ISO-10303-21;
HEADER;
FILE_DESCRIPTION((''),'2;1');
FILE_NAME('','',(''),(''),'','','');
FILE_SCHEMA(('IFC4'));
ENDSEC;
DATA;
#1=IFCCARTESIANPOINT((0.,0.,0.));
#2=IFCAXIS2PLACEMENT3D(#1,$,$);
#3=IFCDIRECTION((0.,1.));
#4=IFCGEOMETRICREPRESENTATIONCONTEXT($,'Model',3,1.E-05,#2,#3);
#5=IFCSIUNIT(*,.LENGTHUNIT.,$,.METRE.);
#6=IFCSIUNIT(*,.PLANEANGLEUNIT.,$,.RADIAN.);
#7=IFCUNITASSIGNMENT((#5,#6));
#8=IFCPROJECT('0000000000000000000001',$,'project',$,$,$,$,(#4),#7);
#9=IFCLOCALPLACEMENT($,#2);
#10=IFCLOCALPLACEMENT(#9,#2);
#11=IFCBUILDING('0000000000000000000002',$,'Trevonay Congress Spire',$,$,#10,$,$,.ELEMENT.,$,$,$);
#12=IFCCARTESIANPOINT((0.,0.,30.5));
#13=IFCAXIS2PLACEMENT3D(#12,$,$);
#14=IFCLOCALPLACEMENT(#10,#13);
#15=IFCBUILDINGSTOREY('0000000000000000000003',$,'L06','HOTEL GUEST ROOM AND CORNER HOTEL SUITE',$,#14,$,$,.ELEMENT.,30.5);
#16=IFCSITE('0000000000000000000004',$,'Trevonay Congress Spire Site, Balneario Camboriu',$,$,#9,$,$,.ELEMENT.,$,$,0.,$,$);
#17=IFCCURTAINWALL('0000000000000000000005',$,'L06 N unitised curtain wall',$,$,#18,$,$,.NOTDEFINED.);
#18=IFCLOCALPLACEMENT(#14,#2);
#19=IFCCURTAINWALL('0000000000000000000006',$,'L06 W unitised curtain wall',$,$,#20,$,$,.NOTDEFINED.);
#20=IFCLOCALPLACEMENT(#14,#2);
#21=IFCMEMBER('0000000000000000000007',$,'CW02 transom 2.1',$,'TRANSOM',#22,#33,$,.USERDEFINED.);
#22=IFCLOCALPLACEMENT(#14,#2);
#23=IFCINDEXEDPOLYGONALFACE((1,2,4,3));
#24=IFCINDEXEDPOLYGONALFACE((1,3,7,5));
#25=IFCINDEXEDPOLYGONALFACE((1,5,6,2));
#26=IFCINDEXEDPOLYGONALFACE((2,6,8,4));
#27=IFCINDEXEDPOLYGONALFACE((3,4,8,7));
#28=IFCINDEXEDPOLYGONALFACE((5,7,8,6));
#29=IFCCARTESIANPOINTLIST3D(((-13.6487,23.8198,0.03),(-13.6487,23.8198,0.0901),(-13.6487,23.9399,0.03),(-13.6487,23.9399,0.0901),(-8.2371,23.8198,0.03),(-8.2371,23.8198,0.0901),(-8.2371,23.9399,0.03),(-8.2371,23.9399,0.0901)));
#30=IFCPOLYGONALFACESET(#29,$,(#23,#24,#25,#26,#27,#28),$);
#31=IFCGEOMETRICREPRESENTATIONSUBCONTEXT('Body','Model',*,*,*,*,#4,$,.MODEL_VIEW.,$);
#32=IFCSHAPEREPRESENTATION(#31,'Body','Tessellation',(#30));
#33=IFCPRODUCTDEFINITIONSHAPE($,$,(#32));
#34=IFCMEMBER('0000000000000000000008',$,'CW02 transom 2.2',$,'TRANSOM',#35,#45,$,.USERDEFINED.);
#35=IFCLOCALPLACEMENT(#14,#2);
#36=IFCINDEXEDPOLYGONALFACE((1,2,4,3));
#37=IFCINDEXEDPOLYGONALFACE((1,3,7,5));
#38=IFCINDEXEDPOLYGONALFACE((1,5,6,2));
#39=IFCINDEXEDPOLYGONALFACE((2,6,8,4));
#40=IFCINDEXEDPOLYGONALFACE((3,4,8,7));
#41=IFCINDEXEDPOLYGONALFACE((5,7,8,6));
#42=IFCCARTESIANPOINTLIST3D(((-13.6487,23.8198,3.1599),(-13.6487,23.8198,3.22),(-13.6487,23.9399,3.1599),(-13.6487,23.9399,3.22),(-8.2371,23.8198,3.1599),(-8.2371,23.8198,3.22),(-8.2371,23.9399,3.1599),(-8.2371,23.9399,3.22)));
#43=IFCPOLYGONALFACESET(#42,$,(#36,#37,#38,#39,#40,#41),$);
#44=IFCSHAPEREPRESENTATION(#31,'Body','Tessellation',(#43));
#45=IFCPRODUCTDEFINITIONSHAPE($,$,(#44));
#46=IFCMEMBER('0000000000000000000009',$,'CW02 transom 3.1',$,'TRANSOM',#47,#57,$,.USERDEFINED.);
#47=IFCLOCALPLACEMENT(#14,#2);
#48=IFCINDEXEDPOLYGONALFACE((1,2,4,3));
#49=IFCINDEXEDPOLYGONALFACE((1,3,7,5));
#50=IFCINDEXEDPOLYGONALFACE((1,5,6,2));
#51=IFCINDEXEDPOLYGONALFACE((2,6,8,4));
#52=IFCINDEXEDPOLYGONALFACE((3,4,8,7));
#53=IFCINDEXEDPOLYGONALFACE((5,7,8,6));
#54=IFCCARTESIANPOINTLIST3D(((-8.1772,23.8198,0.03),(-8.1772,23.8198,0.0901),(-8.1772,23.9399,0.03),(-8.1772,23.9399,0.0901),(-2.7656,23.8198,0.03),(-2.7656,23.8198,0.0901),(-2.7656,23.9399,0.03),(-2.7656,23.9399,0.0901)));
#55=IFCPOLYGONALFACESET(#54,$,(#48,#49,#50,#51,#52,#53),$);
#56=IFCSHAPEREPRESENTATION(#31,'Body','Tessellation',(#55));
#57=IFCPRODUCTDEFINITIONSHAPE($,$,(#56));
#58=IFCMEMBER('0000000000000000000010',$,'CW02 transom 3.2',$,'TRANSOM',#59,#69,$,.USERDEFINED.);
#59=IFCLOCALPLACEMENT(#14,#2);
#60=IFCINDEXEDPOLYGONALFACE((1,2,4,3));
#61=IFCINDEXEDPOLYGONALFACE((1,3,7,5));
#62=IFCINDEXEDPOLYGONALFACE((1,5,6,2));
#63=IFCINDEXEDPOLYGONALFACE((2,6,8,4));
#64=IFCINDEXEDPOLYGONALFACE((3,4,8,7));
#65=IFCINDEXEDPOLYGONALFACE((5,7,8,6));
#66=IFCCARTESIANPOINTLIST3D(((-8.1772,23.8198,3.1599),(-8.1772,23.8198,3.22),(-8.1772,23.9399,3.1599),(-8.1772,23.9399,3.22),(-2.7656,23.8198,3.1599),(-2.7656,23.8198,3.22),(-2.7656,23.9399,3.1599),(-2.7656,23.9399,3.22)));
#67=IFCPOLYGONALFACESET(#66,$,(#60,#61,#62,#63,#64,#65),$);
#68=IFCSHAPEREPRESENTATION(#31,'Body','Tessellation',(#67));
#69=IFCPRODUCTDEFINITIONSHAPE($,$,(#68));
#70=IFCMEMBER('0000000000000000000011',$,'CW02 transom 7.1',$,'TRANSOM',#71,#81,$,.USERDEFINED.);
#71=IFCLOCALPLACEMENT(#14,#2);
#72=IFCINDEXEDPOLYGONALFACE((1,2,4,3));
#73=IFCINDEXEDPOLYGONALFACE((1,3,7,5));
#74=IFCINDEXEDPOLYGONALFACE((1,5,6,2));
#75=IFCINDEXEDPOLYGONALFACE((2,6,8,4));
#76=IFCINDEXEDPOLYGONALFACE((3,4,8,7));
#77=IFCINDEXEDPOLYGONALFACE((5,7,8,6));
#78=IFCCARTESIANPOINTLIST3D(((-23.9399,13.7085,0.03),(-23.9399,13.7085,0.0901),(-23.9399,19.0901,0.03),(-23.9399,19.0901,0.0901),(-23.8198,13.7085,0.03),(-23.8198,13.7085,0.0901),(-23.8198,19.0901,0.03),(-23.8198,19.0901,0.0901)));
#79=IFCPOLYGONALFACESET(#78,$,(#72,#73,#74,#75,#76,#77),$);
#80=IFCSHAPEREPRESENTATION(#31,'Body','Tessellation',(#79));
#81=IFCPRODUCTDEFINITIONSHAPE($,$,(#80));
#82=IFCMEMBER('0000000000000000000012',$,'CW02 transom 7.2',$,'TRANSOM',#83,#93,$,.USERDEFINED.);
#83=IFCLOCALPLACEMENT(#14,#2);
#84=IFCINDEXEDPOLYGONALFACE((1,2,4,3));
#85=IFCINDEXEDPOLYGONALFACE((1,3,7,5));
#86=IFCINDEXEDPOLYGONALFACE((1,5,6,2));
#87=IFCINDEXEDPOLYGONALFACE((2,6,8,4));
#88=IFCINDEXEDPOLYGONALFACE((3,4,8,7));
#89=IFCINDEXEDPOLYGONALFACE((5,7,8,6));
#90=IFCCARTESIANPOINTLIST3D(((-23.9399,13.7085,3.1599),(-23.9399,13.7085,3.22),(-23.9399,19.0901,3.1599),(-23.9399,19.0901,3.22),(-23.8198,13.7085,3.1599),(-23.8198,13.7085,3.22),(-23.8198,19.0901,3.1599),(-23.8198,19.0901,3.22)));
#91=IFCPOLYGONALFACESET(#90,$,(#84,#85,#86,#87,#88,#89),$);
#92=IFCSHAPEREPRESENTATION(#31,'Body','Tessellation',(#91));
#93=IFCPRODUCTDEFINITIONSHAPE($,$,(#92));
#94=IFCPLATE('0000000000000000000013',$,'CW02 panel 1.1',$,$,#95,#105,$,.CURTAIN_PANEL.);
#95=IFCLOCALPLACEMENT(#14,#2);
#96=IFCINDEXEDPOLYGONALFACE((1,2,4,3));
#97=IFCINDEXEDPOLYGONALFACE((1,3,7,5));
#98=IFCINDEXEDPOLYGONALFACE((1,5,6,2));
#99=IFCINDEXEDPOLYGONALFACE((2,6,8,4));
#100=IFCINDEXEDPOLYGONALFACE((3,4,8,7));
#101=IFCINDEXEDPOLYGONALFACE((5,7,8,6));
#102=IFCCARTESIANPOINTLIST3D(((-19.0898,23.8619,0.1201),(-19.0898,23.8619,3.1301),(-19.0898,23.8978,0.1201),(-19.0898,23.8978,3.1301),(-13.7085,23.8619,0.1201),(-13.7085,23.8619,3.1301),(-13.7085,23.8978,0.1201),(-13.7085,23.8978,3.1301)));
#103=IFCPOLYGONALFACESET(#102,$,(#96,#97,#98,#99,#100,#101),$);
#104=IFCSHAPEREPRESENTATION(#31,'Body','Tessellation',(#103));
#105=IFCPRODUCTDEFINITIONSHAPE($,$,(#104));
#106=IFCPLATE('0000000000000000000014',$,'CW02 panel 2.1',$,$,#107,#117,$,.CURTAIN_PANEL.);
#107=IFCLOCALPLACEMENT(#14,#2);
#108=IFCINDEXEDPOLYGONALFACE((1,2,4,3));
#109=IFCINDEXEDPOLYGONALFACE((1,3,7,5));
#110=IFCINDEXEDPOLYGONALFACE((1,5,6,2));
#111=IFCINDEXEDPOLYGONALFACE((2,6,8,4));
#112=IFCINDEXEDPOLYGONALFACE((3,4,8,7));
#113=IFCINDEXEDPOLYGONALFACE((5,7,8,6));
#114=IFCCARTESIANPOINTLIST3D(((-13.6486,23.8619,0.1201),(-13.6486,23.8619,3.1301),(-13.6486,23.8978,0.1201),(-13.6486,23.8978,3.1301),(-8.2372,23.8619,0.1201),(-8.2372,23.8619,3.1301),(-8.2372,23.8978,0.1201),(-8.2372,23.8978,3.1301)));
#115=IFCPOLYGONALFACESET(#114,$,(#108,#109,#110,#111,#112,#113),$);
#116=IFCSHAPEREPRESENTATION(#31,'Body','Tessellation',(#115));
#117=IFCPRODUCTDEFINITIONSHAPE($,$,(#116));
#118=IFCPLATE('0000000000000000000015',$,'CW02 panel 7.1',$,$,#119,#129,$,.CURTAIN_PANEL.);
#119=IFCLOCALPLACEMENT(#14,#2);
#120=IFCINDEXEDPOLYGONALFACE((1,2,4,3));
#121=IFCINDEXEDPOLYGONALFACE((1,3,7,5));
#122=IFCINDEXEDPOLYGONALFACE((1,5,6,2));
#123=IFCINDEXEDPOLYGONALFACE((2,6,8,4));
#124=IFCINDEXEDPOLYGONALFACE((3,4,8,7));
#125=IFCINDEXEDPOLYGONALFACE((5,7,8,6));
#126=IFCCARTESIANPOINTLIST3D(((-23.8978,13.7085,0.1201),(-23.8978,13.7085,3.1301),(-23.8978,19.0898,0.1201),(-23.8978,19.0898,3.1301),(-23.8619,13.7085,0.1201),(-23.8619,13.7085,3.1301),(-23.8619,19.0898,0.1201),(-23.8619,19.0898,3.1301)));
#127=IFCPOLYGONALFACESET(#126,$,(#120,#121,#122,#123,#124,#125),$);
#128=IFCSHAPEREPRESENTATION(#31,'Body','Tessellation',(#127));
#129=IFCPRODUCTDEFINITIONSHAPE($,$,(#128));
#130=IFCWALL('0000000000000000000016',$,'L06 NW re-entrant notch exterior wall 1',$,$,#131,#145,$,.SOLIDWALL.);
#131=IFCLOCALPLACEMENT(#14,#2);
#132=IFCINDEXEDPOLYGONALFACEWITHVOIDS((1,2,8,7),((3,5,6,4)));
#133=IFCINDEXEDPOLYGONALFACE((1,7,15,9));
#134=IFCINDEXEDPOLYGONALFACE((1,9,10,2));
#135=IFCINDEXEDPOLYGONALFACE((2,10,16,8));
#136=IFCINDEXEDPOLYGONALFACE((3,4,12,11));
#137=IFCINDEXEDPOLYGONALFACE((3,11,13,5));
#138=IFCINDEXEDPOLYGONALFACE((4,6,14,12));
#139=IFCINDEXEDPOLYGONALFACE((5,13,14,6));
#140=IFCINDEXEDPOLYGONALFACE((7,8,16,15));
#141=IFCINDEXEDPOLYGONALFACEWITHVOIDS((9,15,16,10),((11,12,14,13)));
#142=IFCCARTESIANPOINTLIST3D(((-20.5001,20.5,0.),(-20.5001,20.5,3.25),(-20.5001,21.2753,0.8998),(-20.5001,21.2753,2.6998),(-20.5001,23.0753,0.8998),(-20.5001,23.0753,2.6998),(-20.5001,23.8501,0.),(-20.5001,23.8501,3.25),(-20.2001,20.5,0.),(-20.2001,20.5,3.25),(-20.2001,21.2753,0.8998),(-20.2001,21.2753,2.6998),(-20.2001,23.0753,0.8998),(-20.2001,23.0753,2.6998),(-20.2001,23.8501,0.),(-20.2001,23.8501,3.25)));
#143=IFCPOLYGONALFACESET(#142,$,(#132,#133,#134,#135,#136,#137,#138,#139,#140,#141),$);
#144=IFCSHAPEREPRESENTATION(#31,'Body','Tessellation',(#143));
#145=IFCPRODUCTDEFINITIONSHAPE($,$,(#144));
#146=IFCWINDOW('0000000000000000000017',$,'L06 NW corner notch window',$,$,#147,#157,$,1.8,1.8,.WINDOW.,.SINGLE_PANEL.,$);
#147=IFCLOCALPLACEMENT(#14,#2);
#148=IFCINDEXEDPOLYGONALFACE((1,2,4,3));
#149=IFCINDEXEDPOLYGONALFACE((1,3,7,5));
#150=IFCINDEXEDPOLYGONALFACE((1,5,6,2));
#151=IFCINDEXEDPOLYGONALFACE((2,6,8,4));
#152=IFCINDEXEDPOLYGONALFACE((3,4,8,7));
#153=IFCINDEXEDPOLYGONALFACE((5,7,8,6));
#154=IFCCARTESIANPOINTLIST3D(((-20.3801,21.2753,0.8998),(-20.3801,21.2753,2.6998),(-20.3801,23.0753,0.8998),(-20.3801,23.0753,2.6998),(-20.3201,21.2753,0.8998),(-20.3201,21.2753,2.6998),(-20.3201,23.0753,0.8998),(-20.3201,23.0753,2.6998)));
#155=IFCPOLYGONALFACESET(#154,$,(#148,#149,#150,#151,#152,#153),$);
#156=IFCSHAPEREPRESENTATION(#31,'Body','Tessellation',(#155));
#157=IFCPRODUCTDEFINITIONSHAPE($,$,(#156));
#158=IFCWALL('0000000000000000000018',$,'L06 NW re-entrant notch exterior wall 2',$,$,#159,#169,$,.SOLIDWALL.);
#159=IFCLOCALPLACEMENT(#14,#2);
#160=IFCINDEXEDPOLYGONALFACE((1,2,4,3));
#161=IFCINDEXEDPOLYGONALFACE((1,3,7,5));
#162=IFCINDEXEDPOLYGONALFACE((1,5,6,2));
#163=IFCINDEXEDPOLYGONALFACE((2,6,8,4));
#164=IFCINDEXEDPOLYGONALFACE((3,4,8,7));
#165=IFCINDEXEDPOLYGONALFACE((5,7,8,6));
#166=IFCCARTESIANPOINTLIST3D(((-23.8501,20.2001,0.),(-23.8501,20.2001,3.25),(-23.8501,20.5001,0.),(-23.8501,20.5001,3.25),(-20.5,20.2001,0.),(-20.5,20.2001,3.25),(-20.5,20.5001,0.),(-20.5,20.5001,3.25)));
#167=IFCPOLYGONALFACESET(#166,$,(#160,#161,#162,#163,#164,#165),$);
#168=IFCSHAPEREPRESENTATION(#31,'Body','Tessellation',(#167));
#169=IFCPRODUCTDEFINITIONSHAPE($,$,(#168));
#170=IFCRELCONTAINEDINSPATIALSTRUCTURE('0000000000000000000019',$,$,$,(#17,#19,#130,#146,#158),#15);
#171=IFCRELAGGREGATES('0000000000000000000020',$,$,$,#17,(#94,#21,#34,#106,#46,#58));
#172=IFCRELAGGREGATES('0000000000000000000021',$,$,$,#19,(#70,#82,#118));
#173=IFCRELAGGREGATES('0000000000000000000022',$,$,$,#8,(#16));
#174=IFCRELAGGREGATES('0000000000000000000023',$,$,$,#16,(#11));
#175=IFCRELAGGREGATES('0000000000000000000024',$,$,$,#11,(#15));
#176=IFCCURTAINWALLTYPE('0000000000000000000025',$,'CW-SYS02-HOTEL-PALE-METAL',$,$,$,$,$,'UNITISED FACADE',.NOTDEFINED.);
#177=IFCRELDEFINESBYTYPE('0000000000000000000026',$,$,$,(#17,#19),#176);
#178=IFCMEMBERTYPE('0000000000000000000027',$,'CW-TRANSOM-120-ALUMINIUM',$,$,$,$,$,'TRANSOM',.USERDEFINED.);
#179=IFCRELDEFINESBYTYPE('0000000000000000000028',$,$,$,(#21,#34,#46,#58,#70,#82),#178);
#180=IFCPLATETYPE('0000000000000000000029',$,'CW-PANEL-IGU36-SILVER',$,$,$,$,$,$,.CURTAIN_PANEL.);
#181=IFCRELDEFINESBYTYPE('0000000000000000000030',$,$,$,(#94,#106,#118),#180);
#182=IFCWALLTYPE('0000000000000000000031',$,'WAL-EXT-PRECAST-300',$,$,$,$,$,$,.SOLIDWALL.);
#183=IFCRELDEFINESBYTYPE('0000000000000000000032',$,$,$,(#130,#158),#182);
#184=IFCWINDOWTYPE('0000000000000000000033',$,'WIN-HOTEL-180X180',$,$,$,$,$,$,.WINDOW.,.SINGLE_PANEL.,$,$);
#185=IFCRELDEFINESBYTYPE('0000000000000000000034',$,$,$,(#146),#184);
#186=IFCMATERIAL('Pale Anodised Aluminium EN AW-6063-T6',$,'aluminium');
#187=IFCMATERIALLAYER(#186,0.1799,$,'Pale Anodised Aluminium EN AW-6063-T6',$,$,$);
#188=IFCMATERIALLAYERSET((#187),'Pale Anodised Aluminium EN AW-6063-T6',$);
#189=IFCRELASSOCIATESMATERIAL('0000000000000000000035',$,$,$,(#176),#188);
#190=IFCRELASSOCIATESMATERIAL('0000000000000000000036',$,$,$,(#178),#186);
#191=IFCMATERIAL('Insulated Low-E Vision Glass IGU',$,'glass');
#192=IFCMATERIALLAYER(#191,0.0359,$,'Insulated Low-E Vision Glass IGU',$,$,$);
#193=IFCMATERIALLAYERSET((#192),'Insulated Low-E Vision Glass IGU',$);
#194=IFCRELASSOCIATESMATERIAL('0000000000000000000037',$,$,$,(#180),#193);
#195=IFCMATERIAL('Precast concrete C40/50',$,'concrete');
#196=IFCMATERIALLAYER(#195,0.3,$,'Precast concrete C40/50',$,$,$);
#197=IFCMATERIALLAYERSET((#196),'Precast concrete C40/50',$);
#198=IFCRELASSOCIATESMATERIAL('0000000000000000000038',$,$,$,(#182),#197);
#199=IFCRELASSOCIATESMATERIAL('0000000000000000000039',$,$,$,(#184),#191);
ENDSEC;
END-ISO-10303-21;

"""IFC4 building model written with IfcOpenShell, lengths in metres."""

from ifc_helpers import new_model, si_unit, direction, frame, frame_2d, origin, origin_2d, place, context, subcontext, project, spatial, rectangle, extrude, material, layer, layer_set, material_profile, profile_set, type_object, element, fill, aggregate, save


model = new_model("IFC4")

# Units and contexts
model_context = context("Model", 3, precision=1e-05, world=origin(), true_north=direction((0.0, 1.0)))
body_context = subcontext(model_context, "Body", "Model", "MODEL_VIEW")
ifc_project = project(units=[si_unit("LENGTHUNIT", "METRE"), si_unit("PLANEANGLEUNIT", "RADIAN")], contexts=[model_context])

# Site, building, storey
site_placement = place(None, origin())
site = spatial("IfcSite", under=ifc_project, at=site_placement, Name="Trevonay Congress Spire Site, Balneario Camboriu", CompositionType="ELEMENT", RefElevation=0.0)
building_placement = place(site_placement, origin())
building = spatial("IfcBuilding", under=site, at=building_placement, Name="Trevonay Congress Spire", CompositionType="ELEMENT")
storey_placement = place(building_placement, frame((0.0, 0.0, 30.5)))
storey = spatial("IfcBuildingStorey", under=building, at=storey_placement, Name="L06", Description="HOTEL GUEST ROOM AND CORNER HOTEL SUITE", CompositionType="ELEMENT", Elevation=30.5)

# Curtain walls
ifc_material_1 = material(Name="Pale Anodised Aluminium EN AW-6063-T6", Category="aluminium")
ifc_layer_1 = layer(ifc_material_1, 0.1799, Name="Pale Anodised Aluminium EN AW-6063-T6")
ifc_layer_set_1 = layer_set([ifc_layer_1], Name="Pale Anodised Aluminium EN AW-6063-T6")
curtain_wall_type = type_object("IfcCurtainWallType", Name="CW-SYS02-HOTEL-PALE-METAL", ElementType="UNITISED FACADE", PredefinedType="NOTDEFINED", material=ifc_layer_set_1)
curtain_wall_1_placement = place(storey_placement, origin())
curtain_wall_1 = element("IfcCurtainWall", 1, at=curtain_wall_1_placement, inside=storey, type_object=curtain_wall_type, Name="L06 N unitised curtain wall", PredefinedType="NOTDEFINED")
curtain_wall_2_placement = place(storey_placement, origin())
curtain_wall_2 = element("IfcCurtainWall", 2, at=curtain_wall_2_placement, inside=storey, type_object=curtain_wall_type, Name="L06 W unitised curtain wall", PredefinedType="NOTDEFINED")

# Members
ifc_material_profile_1 = material_profile(ifc_material_1, rectangle(XDim=0.1201, YDim=0.0601, at=origin_2d()), Name="CW-TRANSOM-120-ALUMINIUM")
ifc_profile_set_1 = profile_set([ifc_material_profile_1], Name="Pale Anodised Aluminium EN AW-6063-T6")
member_type_1 = type_object("IfcMemberType", Name="CW-TRANSOM-120-ALUMINIUM", ElementType="TRANSOM", PredefinedType="USERDEFINED", material=ifc_profile_set_1)
member_1_placement = place(storey_placement, frame((-13.6487, 23.8799, 0.0601), z_axis=(1.0, 0.0, 0.0), x_axis=(0.0, 1.0, 0.0)))
member_1 = element("IfcMember", 3, at=member_1_placement, type_object=member_type_1, Name="CW02 transom 2.1", ObjectType="TRANSOM", PredefinedType="USERDEFINED", context=body_context, shape_type="SweptSolid", body=[
    extrude(rectangle(XDim=0.1201, YDim=0.0601, at=origin_2d()), origin(), (0.0, 0.0, 1.0), 5.4116),
])
member_2_placement = place(storey_placement, frame((-13.6487, 23.8799, 3.1899), z_axis=(1.0, 0.0, 0.0), x_axis=(0.0, 1.0, 0.0)))
member_2 = element("IfcMember", 4, at=member_2_placement, type_object=member_type_1, Name="CW02 transom 2.2", ObjectType="TRANSOM", PredefinedType="USERDEFINED", context=body_context, shape_type="SweptSolid", body=[
    extrude(rectangle(XDim=0.1201, YDim=0.0601, at=origin_2d()), origin(), (0.0, 0.0, 1.0), 5.4116),
])
member_3_placement = place(storey_placement, frame((-8.1772, 23.8799, 0.0601), z_axis=(1.0, 0.0, 0.0), x_axis=(0.0, 1.0, 0.0)))
member_3 = element("IfcMember", 5, at=member_3_placement, type_object=member_type_1, Name="CW02 transom 3.1", ObjectType="TRANSOM", PredefinedType="USERDEFINED", context=body_context, shape_type="SweptSolid", body=[
    extrude(rectangle(XDim=0.1201, YDim=0.0601, at=origin_2d()), origin(), (0.0, 0.0, 1.0), 5.4116),
])
member_4_placement = place(storey_placement, frame((-8.1772, 23.8799, 3.1899), z_axis=(1.0, 0.0, 0.0), x_axis=(0.0, 1.0, 0.0)))
member_4 = element("IfcMember", 6, at=member_4_placement, type_object=member_type_1, Name="CW02 transom 3.2", ObjectType="TRANSOM", PredefinedType="USERDEFINED", context=body_context, shape_type="SweptSolid", body=[
    extrude(rectangle(XDim=0.1201, YDim=0.0601, at=origin_2d()), origin(), (0.0, 0.0, 1.0), 5.4116),
])
member_5_placement = place(storey_placement, frame((-23.8799, 13.7085, 0.0601), z_axis=(0.0, 1.0, 0.0), x_axis=(-1.0, 0.0, 0.0)))
member_5 = element("IfcMember", 7, at=member_5_placement, type_object=member_type_1, Name="CW02 transom 7.1", ObjectType="TRANSOM", PredefinedType="USERDEFINED", context=body_context, shape_type="SweptSolid", body=[
    extrude(rectangle(XDim=0.1201, YDim=0.0601, at=origin_2d()), origin(), (0.0, 0.0, 1.0), 5.3816),
])
member_6_placement = place(storey_placement, frame((-23.8799, 13.7085, 3.1899), z_axis=(0.0, 1.0, 0.0), x_axis=(-1.0, 0.0, 0.0)))
member_6 = element("IfcMember", 8, at=member_6_placement, type_object=member_type_1, Name="CW02 transom 7.2", ObjectType="TRANSOM", PredefinedType="USERDEFINED", context=body_context, shape_type="SweptSolid", body=[
    extrude(rectangle(XDim=0.1201, YDim=0.0601, at=origin_2d()), origin(), (0.0, 0.0, 1.0), 5.3816),
])

# Plates
ifc_material_2 = material(Name="Insulated Low-E Vision Glass IGU", Category="glass")
ifc_layer_2 = layer(ifc_material_2, 0.0359, Name="Insulated Low-E Vision Glass IGU")
ifc_layer_set_2 = layer_set([ifc_layer_2], Name="Insulated Low-E Vision Glass IGU")
plate_type = type_object("IfcPlateType", Name="CW-PANEL-IGU36-SILVER", PredefinedType="CURTAIN_PANEL", material=ifc_layer_set_2)
plate_1_placement = place(storey_placement, frame((-16.3992, 23.8799, 0.1201), z_axis=(0.0, 0.0, 1.0), x_axis=(1.0, 0.0, 0.0)))
plate_1 = element("IfcPlate", 9, at=plate_1_placement, type_object=plate_type, Name="CW02 panel 1.1", PredefinedType="CURTAIN_PANEL", context=body_context, shape_type="SweptSolid", body=[
    extrude(rectangle(XDim=5.3813, YDim=0.0359, at=origin_2d()), origin(), (0.0, 0.0, 1.0), 3.01),
])
plate_2_placement = place(storey_placement, frame((-10.9429, 23.8799, 0.1201), z_axis=(0.0, 0.0, 1.0), x_axis=(1.0, 0.0, 0.0)))
plate_2 = element("IfcPlate", 10, at=plate_2_placement, type_object=plate_type, Name="CW02 panel 2.1", PredefinedType="CURTAIN_PANEL", context=body_context, shape_type="SweptSolid", body=[
    extrude(rectangle(XDim=5.4114, YDim=0.0359, at=origin_2d()), origin(), (0.0, 0.0, 1.0), 3.01),
])
aggregate(curtain_wall_1, [plate_1, member_1, member_2, plate_2, member_3, member_4])
plate_3_placement = place(storey_placement, frame((-23.8799, 16.3992, 0.1201), z_axis=(0.0, 0.0, 1.0), x_axis=(0.0, 1.0, 0.0)))
plate_3 = element("IfcPlate", 11, at=plate_3_placement, type_object=plate_type, Name="CW02 panel 7.1", PredefinedType="CURTAIN_PANEL", context=body_context, shape_type="SweptSolid", body=[
    extrude(rectangle(XDim=5.3813, YDim=0.0359, at=origin_2d()), origin(), (0.0, 0.0, 1.0), 3.01),
])
aggregate(curtain_wall_2, [member_5, member_6, plate_3])

# Wall, opening, window
ifc_material_3 = material(Name="Precast concrete C40/50", Category="concrete")
ifc_layer_3 = layer(ifc_material_3, 0.3, Name="Precast concrete C40/50")
ifc_layer_set_3 = layer_set([ifc_layer_3], Name="Precast concrete C40/50")
wall_type = type_object("IfcWallType", Name="WAL-EXT-PRECAST-300", PredefinedType="SOLIDWALL", material=ifc_layer_set_3)
wall_1_placement = place(storey_placement, frame((-20.3501, 23.8501, 0.0), z_axis=(0.0, 0.0, 1.0), x_axis=(0.0, -1.0, 0.0)))
wall_1 = element("IfcWall", 12, at=wall_1_placement, inside=storey, type_object=wall_type, Name="L06 NW re-entrant notch exterior wall 1", PredefinedType="SOLIDWALL", context=body_context, shape_type="SweptSolid", body=[
    extrude(rectangle(XDim=3.3501, YDim=0.3, at=frame_2d((1.675, 0.0))), origin(), (0.0, 0.0, 1.0), 3.25),
])
opening_placement = place(wall_1_placement, frame((0.7749, 0.0, 0.8999)))
opening = element("IfcOpeningElement", 13, at=opening_placement, cuts=wall_1, PredefinedType="OPENING", context=body_context, shape_type="SweptSolid", body=[
    extrude(rectangle(XDim=1.8, YDim=1.8, at=frame_2d((0.8999, 0.8999))), frame((0.0, 0.1602, 0.0), z_axis=(0.0, -1.0, 0.0), x_axis=(1.0, 0.0, 0.0)), (0.0, 0.0, 1.0), 0.3201),
])
window_type = type_object("IfcWindowType", Name="WIN-HOTEL-180X180", PartitioningType="SINGLE_PANEL", PredefinedType="WINDOW", material=ifc_material_2)
window_placement = place(opening_placement, origin())
window = element("IfcWindow", 14, at=window_placement, inside=storey, type_object=window_type, Name="L06 NW corner notch window", OverallHeight=1.8, OverallWidth=1.8, PartitioningType="SINGLE_PANEL", PredefinedType="WINDOW", context=body_context, shape_type="SweptSolid", body=[
    extrude(rectangle(XDim=1.8, YDim=1.8, at=frame_2d((0.8999, 0.8999))), frame((0.0, 0.03, 0.0), z_axis=(0.0, -1.0, 0.0), x_axis=(1.0, 0.0, 0.0)), (0.0, 0.0, 1.0), 0.0601),
])
fill(opening, window)

# Wall
wall_2_placement = place(storey_placement, frame((-23.8501, 20.3501, 0.0), z_axis=(0.0, 0.0, 1.0), x_axis=(1.0, 0.0, 0.0)))
element("IfcWall", 15, at=wall_2_placement, inside=storey, type_object=wall_type, Name="L06 NW re-entrant notch exterior wall 2", PredefinedType="SOLIDWALL", context=body_context, shape_type="SweptSolid", body=[
    extrude(rectangle(XDim=3.3501, YDim=0.3, at=frame_2d((1.675, 0.0))), origin(), (0.0, 0.0, 1.0), 3.25),
])

save(model, "model.ifc")
